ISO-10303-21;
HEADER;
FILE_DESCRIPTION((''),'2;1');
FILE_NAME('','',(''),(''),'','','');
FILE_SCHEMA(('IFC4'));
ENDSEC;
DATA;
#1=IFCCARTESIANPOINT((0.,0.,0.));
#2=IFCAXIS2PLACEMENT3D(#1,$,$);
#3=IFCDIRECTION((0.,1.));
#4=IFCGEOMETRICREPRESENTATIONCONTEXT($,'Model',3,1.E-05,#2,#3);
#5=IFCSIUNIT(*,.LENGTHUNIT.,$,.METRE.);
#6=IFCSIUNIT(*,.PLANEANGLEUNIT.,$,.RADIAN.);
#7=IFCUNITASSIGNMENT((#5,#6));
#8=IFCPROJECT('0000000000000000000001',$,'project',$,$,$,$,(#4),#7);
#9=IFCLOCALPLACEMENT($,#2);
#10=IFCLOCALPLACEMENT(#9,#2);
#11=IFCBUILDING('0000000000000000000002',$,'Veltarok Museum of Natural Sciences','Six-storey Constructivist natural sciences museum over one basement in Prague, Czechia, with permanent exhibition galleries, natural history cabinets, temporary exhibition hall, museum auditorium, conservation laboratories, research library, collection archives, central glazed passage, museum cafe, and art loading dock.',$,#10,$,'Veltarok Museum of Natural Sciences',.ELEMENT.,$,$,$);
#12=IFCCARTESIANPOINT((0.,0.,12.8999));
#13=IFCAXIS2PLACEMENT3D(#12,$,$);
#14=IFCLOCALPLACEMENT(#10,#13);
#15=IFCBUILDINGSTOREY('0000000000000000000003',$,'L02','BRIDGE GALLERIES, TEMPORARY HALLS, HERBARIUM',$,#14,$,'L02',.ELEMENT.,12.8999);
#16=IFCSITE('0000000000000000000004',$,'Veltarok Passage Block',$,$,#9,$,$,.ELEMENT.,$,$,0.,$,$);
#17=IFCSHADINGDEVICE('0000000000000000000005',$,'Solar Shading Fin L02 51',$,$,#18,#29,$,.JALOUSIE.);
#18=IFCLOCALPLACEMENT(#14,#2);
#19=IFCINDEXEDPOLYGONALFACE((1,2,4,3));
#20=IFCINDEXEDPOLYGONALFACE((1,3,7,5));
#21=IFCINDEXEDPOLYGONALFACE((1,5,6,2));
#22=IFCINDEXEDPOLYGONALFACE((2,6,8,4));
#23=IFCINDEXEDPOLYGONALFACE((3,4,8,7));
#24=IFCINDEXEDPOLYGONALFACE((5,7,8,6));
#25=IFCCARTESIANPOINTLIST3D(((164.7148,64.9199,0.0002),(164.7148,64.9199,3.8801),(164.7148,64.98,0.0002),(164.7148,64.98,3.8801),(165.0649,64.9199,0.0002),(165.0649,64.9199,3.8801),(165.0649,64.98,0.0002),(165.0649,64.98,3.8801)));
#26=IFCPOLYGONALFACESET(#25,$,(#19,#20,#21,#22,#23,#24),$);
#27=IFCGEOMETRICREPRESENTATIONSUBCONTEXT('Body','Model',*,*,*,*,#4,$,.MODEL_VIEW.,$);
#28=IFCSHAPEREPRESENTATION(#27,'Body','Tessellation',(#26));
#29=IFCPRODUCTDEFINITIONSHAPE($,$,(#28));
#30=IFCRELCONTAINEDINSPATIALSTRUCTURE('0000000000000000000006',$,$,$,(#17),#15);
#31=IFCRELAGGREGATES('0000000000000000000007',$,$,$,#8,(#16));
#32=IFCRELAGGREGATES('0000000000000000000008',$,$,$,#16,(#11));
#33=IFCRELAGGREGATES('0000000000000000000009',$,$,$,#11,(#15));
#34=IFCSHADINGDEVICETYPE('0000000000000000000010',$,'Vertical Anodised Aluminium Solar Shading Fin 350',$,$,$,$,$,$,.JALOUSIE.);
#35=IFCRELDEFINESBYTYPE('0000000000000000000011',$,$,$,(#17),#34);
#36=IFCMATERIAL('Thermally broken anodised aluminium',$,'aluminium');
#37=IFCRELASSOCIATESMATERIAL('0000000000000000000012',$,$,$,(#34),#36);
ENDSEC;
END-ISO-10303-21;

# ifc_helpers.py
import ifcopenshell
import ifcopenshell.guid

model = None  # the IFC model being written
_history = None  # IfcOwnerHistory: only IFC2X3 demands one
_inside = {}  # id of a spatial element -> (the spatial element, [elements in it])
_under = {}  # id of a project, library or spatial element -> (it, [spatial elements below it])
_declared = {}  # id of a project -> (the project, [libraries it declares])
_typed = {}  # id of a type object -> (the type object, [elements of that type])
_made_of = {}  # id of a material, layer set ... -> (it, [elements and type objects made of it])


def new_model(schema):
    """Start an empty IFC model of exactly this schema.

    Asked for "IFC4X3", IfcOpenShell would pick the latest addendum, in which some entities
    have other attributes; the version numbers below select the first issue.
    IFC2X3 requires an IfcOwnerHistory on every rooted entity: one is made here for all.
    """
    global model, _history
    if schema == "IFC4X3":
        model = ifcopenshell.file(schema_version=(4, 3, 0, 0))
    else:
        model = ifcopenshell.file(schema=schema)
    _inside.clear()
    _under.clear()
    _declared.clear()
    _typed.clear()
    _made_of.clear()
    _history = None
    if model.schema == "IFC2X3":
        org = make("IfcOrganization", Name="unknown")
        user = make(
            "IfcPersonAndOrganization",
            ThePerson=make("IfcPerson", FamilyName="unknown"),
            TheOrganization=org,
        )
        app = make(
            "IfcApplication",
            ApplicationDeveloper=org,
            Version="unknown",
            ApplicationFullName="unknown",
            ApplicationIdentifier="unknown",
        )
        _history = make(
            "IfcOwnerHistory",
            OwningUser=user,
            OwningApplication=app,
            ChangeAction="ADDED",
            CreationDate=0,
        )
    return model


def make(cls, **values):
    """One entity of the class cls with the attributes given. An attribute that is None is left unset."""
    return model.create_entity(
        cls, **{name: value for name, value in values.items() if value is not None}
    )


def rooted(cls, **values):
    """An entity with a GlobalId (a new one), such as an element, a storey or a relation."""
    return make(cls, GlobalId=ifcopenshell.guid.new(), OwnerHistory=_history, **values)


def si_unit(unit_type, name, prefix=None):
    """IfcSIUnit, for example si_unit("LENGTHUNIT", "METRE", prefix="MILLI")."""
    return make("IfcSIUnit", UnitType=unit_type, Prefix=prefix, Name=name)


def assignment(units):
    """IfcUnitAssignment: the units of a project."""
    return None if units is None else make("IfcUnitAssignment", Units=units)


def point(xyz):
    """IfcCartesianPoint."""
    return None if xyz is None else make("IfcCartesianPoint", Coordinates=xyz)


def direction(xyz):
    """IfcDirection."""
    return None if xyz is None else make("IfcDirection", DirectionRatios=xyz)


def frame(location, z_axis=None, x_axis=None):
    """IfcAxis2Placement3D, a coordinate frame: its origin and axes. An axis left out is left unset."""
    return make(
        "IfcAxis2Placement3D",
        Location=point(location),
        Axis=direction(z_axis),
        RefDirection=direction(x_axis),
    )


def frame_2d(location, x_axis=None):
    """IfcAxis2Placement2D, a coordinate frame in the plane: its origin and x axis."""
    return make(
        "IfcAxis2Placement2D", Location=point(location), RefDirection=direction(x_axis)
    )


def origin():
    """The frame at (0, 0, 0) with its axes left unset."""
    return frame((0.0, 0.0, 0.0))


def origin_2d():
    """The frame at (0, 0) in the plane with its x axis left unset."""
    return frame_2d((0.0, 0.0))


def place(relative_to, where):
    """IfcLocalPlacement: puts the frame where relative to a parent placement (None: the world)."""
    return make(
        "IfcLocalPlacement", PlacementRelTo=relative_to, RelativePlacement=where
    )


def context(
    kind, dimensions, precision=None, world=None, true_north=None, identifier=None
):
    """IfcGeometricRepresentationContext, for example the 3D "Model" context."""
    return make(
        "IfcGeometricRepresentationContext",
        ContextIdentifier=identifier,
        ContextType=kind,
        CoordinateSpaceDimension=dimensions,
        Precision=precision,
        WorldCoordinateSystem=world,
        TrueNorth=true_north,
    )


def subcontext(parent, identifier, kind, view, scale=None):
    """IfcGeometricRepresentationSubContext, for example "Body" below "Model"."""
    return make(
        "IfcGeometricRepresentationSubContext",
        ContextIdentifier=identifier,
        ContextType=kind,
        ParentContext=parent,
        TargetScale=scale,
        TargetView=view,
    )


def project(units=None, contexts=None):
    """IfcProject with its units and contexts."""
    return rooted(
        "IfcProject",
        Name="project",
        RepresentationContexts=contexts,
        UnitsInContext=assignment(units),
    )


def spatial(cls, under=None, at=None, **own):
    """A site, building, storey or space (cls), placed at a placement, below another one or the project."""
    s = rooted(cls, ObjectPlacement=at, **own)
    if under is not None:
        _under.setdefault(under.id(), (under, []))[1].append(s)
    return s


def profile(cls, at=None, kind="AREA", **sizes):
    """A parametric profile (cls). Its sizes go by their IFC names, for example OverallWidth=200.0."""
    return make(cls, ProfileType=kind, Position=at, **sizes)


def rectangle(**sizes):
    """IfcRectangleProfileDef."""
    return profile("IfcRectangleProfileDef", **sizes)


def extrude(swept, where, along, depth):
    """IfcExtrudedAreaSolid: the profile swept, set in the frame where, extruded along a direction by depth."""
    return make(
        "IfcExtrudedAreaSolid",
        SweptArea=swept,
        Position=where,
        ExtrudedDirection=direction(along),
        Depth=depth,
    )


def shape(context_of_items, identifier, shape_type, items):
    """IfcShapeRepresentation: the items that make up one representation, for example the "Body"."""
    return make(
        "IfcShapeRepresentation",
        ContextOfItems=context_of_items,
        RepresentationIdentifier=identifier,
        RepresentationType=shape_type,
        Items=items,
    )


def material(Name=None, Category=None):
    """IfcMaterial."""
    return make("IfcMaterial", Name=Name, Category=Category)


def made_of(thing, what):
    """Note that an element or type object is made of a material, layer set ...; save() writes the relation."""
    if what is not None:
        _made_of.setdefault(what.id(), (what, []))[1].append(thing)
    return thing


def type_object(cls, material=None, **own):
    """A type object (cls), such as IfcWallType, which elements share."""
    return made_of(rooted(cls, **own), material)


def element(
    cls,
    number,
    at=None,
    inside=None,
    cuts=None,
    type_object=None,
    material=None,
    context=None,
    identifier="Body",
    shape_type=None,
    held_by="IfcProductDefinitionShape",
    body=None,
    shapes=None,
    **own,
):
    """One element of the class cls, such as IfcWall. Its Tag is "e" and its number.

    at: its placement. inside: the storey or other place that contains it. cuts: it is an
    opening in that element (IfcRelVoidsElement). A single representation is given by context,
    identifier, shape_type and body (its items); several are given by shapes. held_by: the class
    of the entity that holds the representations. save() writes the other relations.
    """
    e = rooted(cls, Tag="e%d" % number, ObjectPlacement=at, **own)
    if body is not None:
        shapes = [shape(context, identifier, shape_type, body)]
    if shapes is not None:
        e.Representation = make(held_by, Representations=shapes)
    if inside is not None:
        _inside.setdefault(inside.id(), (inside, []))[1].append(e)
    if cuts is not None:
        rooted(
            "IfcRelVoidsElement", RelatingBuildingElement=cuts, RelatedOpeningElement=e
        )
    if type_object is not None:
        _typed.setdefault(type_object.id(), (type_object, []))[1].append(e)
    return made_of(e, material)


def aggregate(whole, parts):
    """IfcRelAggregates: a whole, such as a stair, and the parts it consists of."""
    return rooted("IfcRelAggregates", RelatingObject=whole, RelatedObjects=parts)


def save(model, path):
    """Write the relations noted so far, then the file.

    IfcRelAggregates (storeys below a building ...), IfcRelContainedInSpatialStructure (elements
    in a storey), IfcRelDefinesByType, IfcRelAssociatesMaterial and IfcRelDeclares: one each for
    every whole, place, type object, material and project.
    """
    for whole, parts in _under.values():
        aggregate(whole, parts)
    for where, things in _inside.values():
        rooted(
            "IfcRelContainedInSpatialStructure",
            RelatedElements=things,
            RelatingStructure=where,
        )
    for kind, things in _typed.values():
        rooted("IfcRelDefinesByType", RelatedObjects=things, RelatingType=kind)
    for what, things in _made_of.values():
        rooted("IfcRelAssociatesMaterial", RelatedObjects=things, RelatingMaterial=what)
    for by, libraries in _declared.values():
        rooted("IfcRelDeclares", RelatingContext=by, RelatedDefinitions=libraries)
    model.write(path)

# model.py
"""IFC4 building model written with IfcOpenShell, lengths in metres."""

from ifc_helpers import new_model, si_unit, direction, frame, origin, origin_2d, place, context, subcontext, project, spatial, rectangle, extrude, material, type_object, element, save


model = new_model("IFC4")

# Units and contexts
model_context = context("Model", 3, precision=1e-05, world=origin(), true_north=direction((0.0, 1.0)))
body_context = subcontext(model_context, "Body", "Model", "MODEL_VIEW")
ifc_project = project(units=[si_unit("LENGTHUNIT", "METRE"), si_unit("PLANEANGLEUNIT", "RADIAN")], contexts=[model_context])

# Site, building, storey
site_placement = place(None, origin())
site = spatial("IfcSite", under=ifc_project, at=site_placement, Name="Veltarok Passage Block", CompositionType="ELEMENT", RefElevation=0.0)
building_placement = place(site_placement, origin())
building = spatial("IfcBuilding", under=site, at=building_placement, Name="Veltarok Museum of Natural Sciences", Description="Six-storey Constructivist natural sciences museum over one basement in Prague, Czechia, with permanent exhibition galleries, natural history cabinets, temporary exhibition hall, museum auditorium, conservation laboratories, research library, collection archives, central glazed passage, museum cafe, and art loading dock.", LongName="Veltarok Museum of Natural Sciences", CompositionType="ELEMENT")
storey_placement = place(building_placement, frame((0.0, 0.0, 12.8999)))
storey = spatial("IfcBuildingStorey", under=building, at=storey_placement, Name="L02", Description="BRIDGE GALLERIES, TEMPORARY HALLS, HERBARIUM", LongName="L02", CompositionType="ELEMENT", Elevation=12.8999)

# Shared definitions
ifc_material_1 = material(Name="Thermally broken anodised aluminium", Category="aluminium")

# Shading device
shading_device_type = type_object("IfcShadingDeviceType", Name="Vertical Anodised Aluminium Solar Shading Fin 350", PredefinedType="JALOUSIE", material=ifc_material_1)
for number, where, z_axis, x_axis, name in (
    (1, (164.8899, 64.95, 0.0002), (0.0, 0.0, 1.0), (1.0, 0.0, 0.0), "Solar Shading Fin L02 51"),
):
    element("IfcShadingDevice", number, at=place(storey_placement, frame(where, z_axis=z_axis, x_axis=x_axis)), inside=storey, type_object=shading_device_type, Name=name, PredefinedType="JALOUSIE", context=body_context, shape_type="SweptSolid", body=[
        extrude(rectangle(XDim=0.3501, YDim=0.0601, at=origin_2d()), origin(), (0.0, 0.0, 1.0), 3.8799),
    ])

save(model, "model.ifc")
